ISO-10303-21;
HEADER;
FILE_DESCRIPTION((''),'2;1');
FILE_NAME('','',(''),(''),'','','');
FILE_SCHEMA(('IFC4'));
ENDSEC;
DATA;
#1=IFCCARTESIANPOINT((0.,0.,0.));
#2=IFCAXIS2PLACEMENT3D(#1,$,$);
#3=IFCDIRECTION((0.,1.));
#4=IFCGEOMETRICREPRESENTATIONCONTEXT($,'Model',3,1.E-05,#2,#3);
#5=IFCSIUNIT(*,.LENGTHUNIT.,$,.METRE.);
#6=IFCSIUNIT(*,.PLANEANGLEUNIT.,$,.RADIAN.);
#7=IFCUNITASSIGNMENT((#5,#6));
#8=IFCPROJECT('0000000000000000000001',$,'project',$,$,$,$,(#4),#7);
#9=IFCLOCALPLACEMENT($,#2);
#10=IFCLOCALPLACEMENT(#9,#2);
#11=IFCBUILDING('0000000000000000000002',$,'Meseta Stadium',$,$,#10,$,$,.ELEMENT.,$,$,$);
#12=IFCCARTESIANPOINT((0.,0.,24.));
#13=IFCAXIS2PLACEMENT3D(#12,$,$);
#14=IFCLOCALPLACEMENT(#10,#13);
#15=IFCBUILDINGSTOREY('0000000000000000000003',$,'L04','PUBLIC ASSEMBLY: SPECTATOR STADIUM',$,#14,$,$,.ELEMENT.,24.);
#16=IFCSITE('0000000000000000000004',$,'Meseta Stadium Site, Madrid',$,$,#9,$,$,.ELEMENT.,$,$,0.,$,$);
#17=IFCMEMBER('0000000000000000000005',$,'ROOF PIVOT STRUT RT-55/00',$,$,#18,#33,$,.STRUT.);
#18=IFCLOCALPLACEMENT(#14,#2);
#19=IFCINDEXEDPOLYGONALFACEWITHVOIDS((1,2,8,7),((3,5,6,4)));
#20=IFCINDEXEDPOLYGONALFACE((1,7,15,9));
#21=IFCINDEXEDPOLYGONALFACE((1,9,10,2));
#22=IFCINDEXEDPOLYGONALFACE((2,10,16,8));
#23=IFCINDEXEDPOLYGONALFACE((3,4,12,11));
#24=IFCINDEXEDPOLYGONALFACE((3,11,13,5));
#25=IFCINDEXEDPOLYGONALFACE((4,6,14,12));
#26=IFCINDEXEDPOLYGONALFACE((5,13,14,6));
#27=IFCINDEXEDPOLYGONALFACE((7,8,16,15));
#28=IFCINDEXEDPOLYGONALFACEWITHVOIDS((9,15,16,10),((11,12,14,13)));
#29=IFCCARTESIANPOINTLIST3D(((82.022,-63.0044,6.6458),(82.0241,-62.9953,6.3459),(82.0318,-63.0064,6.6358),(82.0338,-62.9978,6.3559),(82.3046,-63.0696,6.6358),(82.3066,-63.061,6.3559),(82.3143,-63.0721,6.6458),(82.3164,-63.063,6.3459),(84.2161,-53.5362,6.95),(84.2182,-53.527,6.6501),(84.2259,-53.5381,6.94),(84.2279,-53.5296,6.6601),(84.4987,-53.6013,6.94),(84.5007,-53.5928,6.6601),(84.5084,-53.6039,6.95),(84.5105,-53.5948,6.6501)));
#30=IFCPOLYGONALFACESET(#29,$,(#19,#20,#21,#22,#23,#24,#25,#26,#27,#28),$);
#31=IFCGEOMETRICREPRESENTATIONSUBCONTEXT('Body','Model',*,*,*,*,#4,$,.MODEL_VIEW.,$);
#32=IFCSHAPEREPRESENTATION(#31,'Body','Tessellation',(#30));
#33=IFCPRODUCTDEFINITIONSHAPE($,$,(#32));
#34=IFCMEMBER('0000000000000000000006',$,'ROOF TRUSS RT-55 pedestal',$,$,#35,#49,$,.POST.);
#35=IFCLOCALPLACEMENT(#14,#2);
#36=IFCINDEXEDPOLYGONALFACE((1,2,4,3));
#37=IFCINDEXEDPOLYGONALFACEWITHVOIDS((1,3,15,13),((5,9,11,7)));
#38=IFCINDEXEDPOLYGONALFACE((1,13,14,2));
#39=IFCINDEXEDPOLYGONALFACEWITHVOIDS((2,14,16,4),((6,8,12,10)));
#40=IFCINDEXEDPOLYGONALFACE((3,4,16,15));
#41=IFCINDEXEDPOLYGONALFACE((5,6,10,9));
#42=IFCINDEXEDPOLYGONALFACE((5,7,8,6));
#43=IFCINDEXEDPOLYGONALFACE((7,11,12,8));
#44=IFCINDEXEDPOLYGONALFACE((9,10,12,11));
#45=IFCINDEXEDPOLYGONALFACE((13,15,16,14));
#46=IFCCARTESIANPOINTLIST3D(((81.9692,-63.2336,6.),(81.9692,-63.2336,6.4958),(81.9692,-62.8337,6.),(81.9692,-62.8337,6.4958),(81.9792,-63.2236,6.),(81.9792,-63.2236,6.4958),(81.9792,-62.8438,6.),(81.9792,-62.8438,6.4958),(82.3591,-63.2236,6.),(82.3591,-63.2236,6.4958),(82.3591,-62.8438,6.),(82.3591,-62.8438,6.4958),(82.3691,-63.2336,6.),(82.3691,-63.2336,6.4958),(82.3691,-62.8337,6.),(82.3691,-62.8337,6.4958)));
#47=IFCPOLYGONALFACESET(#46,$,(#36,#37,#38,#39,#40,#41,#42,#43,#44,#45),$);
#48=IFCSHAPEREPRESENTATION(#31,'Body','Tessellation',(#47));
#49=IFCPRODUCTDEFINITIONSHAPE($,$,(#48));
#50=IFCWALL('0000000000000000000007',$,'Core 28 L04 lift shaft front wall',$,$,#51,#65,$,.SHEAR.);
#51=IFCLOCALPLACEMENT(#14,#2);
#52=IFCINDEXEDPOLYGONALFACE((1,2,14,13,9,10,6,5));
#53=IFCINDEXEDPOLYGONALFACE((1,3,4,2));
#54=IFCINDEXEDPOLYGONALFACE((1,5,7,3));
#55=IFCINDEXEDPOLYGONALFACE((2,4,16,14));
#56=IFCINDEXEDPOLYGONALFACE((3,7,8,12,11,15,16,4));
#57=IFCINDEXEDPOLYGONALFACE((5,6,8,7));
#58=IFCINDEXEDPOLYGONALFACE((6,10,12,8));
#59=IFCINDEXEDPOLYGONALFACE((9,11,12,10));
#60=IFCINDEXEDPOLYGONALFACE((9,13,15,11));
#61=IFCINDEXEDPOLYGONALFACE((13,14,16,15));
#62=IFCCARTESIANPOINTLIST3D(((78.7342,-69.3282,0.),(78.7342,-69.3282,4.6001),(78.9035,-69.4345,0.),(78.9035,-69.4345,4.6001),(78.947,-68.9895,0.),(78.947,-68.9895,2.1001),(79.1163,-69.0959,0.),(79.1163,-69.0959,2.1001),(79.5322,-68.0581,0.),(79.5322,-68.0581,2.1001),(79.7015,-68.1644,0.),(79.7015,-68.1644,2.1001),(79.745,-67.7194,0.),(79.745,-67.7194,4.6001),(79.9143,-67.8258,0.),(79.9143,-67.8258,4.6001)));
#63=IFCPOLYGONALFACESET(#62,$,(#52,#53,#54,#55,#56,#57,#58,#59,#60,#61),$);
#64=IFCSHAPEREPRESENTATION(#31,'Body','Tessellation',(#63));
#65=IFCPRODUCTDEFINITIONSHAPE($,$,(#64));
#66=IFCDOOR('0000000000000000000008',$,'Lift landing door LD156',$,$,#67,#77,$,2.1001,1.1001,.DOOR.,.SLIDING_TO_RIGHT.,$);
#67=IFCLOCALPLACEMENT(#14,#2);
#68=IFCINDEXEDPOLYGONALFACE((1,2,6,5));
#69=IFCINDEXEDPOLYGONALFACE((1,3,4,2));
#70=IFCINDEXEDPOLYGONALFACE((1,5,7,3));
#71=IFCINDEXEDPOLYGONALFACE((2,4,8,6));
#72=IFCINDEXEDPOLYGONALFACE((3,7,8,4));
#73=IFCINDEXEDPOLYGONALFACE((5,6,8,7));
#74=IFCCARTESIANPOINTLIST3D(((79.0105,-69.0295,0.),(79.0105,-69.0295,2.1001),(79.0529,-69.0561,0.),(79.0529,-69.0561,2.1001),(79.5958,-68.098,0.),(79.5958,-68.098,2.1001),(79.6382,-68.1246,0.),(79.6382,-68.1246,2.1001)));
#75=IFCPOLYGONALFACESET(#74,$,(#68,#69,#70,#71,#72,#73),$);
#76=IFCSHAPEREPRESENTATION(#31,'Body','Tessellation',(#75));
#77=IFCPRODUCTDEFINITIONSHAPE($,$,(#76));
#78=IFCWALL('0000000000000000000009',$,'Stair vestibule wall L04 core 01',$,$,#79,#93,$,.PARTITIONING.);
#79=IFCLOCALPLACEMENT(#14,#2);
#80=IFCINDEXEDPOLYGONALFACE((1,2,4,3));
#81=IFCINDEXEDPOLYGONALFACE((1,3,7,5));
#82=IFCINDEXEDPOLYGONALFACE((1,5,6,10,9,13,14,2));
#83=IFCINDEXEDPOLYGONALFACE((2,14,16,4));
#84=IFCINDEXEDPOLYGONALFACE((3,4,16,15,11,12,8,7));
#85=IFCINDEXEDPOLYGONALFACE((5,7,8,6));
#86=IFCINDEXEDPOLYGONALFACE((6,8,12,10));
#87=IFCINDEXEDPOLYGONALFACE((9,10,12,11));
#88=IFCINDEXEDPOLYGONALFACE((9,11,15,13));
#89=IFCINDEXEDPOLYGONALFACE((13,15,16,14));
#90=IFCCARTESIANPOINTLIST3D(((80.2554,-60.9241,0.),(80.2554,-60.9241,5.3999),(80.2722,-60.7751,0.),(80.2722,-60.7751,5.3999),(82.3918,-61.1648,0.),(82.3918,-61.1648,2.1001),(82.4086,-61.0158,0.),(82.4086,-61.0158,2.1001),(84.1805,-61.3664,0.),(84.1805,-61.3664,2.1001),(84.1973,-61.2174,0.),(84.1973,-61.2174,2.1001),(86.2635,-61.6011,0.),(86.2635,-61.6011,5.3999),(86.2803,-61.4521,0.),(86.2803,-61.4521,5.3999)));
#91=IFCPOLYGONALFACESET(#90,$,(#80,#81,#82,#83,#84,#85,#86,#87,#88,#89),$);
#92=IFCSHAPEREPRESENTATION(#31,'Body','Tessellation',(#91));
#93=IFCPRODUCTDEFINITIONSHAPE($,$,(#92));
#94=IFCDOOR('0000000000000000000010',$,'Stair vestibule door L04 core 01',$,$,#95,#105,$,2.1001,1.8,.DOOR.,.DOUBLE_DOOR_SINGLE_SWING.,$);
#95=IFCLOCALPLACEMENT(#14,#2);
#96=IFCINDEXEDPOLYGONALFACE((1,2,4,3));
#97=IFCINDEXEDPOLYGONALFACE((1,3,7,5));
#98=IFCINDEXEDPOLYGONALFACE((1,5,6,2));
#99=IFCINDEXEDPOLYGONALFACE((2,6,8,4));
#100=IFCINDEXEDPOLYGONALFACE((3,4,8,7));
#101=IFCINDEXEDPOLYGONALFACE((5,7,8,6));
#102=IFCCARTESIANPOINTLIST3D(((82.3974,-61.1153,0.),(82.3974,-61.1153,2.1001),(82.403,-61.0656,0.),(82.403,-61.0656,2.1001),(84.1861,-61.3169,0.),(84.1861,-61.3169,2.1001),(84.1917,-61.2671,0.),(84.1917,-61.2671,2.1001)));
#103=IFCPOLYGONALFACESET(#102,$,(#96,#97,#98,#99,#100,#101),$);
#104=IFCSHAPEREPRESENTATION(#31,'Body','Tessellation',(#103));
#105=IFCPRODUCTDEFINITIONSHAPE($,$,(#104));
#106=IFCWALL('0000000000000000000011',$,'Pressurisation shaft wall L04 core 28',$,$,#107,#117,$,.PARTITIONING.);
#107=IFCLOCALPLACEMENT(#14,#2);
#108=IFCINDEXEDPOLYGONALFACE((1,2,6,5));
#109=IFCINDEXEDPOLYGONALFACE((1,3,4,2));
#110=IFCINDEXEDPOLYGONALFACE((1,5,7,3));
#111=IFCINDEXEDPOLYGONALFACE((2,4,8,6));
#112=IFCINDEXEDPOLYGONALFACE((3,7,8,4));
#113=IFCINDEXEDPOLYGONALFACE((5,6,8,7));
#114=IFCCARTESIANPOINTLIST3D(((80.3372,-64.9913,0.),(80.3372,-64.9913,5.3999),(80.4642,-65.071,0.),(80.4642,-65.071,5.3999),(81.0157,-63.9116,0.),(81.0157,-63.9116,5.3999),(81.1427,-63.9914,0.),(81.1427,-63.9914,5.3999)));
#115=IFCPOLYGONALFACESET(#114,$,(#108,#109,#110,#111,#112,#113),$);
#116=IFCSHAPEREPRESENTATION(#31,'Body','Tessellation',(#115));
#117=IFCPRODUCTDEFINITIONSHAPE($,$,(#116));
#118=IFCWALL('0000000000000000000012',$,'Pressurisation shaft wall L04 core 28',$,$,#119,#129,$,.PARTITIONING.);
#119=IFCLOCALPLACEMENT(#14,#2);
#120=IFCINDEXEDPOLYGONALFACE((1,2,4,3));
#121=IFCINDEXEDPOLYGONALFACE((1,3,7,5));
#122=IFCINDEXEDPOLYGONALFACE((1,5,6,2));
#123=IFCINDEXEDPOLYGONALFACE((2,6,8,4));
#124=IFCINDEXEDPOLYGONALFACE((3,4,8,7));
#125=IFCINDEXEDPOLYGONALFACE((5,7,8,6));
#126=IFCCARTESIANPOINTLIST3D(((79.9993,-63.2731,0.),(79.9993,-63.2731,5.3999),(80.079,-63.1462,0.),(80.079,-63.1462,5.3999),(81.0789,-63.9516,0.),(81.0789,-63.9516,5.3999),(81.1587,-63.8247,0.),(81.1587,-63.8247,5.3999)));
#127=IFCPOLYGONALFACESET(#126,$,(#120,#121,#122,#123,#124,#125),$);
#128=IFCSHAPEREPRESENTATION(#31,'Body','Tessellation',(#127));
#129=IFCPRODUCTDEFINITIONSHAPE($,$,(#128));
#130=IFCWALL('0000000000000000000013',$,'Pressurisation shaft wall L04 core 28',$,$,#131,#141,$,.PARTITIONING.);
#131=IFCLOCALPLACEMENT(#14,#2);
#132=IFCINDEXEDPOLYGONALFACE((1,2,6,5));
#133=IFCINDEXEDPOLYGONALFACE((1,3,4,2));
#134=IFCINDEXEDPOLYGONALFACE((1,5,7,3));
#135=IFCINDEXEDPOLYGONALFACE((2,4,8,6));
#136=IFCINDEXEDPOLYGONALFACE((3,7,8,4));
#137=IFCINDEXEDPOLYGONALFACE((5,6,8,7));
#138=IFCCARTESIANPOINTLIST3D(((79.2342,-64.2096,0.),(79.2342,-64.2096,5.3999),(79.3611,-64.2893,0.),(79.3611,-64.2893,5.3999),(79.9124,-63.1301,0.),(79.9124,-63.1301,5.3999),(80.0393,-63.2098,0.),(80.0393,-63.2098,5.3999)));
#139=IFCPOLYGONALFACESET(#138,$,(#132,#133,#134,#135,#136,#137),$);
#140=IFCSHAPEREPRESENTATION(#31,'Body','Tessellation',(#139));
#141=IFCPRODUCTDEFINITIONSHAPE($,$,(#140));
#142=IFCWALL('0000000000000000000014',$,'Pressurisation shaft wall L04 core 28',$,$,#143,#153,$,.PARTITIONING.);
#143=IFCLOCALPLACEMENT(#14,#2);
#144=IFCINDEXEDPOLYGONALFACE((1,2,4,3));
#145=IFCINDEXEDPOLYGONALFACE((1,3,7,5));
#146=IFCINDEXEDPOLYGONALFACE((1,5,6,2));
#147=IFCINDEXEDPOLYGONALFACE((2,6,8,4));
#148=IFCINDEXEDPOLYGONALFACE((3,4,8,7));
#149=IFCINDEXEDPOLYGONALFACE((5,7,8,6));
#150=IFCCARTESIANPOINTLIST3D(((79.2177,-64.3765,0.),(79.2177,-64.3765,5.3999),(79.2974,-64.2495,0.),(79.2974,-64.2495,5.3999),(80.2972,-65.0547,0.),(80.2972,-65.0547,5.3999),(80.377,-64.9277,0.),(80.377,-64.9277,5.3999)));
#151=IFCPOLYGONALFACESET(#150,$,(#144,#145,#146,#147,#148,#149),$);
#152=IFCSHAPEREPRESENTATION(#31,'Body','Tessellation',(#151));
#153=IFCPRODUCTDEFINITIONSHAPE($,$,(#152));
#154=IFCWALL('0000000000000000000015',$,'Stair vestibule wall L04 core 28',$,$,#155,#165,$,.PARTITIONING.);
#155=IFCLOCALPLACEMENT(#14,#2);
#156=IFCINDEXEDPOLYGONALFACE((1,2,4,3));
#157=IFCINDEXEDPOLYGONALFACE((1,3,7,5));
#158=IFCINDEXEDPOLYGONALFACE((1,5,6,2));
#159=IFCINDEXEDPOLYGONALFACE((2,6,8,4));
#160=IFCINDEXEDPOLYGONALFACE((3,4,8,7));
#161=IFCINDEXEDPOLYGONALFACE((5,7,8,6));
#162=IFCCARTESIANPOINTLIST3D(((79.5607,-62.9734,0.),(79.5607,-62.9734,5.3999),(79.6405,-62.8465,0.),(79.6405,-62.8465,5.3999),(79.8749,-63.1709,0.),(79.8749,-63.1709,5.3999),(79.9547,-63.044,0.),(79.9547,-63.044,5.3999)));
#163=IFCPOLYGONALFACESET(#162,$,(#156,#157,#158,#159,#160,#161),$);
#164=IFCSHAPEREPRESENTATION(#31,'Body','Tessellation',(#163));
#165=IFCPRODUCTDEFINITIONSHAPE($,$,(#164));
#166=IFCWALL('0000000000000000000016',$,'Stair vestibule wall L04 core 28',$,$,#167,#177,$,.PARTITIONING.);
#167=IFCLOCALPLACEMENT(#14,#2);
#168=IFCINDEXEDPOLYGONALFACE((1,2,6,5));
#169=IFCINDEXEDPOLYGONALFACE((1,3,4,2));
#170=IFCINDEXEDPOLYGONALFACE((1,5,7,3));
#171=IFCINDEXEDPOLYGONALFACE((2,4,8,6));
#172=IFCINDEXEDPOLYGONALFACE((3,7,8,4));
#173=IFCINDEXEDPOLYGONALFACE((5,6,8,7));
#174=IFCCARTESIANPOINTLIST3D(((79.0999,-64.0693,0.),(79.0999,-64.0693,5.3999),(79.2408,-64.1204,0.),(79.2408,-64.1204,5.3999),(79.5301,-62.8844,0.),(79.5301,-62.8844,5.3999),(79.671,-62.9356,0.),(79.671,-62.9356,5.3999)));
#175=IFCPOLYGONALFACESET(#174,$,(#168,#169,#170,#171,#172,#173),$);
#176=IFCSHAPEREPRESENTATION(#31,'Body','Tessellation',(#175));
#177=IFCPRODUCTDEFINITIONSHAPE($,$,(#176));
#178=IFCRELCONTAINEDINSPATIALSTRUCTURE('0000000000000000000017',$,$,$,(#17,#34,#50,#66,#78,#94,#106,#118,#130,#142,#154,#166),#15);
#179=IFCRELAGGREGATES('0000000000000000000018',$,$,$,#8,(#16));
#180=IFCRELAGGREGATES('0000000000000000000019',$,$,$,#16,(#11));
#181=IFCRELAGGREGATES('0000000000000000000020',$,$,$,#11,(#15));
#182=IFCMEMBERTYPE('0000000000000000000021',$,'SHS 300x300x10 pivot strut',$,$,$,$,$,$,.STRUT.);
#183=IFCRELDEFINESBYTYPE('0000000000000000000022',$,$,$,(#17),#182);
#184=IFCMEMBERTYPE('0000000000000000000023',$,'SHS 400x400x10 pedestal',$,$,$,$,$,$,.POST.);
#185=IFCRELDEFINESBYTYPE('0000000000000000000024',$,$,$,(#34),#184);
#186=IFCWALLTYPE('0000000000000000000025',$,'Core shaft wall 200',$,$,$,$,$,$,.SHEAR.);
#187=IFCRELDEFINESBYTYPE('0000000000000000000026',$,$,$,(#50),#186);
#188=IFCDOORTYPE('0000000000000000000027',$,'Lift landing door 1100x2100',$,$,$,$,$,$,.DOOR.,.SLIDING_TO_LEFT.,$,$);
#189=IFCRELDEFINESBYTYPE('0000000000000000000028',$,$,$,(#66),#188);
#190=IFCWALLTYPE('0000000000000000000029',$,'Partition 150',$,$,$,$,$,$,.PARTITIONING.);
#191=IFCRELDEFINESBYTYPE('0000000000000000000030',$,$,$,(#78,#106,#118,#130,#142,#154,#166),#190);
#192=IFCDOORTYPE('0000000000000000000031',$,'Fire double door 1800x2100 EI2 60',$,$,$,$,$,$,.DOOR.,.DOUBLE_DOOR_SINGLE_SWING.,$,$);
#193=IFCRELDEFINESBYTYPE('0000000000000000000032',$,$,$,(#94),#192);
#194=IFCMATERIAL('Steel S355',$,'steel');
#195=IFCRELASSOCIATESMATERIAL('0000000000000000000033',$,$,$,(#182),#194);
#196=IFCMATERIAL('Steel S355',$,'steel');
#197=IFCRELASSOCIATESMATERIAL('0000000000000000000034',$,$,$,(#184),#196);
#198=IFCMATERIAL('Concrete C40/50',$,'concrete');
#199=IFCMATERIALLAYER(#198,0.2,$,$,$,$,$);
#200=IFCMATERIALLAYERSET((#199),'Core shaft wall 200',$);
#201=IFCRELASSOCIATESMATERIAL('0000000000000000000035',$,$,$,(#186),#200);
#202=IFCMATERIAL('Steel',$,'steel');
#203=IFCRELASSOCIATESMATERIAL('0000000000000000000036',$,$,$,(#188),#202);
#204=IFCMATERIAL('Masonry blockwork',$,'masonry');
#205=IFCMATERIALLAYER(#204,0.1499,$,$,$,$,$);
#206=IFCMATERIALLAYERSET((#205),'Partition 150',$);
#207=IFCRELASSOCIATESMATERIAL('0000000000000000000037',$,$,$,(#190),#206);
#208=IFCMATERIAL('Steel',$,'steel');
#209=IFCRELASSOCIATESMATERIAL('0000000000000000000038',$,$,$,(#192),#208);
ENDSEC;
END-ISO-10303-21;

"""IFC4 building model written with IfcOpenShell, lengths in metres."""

from ifc_helpers import new_model, si_unit, direction, frame, frame_2d, origin, origin_2d, place, context, subcontext, project, spatial, rectangle, hollow_rectangle, extrude, material, layer, layer_set, material_profile, profile_set, type_object, element, fill, save


model = new_model("IFC4")

# Units and contexts
model_context = context("Model", 3, precision=1e-05, world=origin(), true_north=direction((0.0, 1.0)))
body_context = subcontext(model_context, "Body", "Model", "MODEL_VIEW")
ifc_project = project(units=[si_unit("LENGTHUNIT", "METRE"), si_unit("PLANEANGLEUNIT", "RADIAN")], contexts=[model_context])

# Site, building, storey
site_placement = place(None, origin())
site = spatial("IfcSite", under=ifc_project, at=site_placement, Name="Meseta Stadium Site, Madrid", CompositionType="ELEMENT", RefElevation=0.0)
building_placement = place(site_placement, origin())
building = spatial("IfcBuilding", under=site, at=building_placement, Name="Meseta Stadium", CompositionType="ELEMENT")
storey_placement = place(building_placement, frame((0.0, 0.0, 24.0)))
storey = spatial("IfcBuildingStorey", under=building, at=storey_placement, Name="L04", Description="PUBLIC ASSEMBLY: SPECTATOR STADIUM", CompositionType="ELEMENT", Elevation=24.0)

# Members
ifc_material_1 = material(Name="Steel S355", Category="steel")
ifc_material_profile_1 = material_profile(ifc_material_1, hollow_rectangle(XDim=0.3, YDim=0.3, WallThickness=0.01, at=origin_2d()), Name="SHS 300x300x10")
ifc_profile_set_1 = profile_set([ifc_material_profile_1], Name="Steel S355")
member_type_1 = type_object("IfcMemberType", Name="SHS 300x300x10 pivot strut", PredefinedType="STRUT", material=ifc_profile_set_1)
member_1_placement = place(storey_placement, frame((82.1692, -63.0337, 6.4958), z_axis=(0.225639, 0.973709, 0.031284), x_axis=(-0.974185, 0.225749, 0.0)))
element("IfcMember", 1, at=member_1_placement, inside=storey, type_object=member_type_1, Name="ROOF PIVOT STRUT RT-55/00", PredefinedType="STRUT", context=body_context, shape_type="SweptSolid", body=[
    extrude(hollow_rectangle(XDim=0.3, YDim=0.3, WallThickness=0.01, at=origin_2d()), origin(), (0.0, 0.0, 1.0), 9.7239),
])
ifc_material_2 = material(Name="Steel S355", Category="steel")
ifc_material_profile_2 = material_profile(ifc_material_2, hollow_rectangle(XDim=0.3999, YDim=0.3999, WallThickness=0.01, at=origin_2d()), Name="SHS 400x400x10")
ifc_profile_set_2 = profile_set([ifc_material_profile_2], Name="Steel S355")
member_type_2 = type_object("IfcMemberType", Name="SHS 400x400x10 pedestal", PredefinedType="POST", material=ifc_profile_set_2)
member_2_placement = place(storey_placement, frame((82.1692, -63.0337, 6.0), z_axis=(0.0, 0.0, 1.0), x_axis=(1.0, 0.0, 0.0)))
element("IfcMember", 2, at=member_2_placement, inside=storey, type_object=member_type_2, Name="ROOF TRUSS RT-55 pedestal", PredefinedType="POST", context=body_context, shape_type="SweptSolid", body=[
    extrude(hollow_rectangle(XDim=0.3999, YDim=0.3999, WallThickness=0.01, at=origin_2d()), origin(), (0.0, 0.0, 1.0), 0.4958),
])

# Walls, openings, doors
ifc_material_3 = material(Name="Concrete C40/50", Category="concrete")
ifc_layer_1 = layer(ifc_material_3, 0.2)
ifc_layer_set_1 = layer_set([ifc_layer_1], Name="Core shaft wall 200")
wall_type_1 = type_object("IfcWallType", Name="Core shaft wall 200", PredefinedType="SHEAR", material=ifc_layer_set_1)
wall_1_placement = place(storey_placement, frame((78.8188, -69.3813, 0.0), z_axis=(0.0, 0.0, 1.0), x_axis=(0.532019, 0.846732, 0.0)))
wall_1 = element("IfcWall", 3, at=wall_1_placement, inside=storey, type_object=wall_type_1, Name="Core 28 L04 lift shaft front wall", PredefinedType="SHEAR", context=body_context, shape_type="SweptSolid", body=[
    extrude(rectangle(XDim=1.8999, YDim=0.2, at=frame_2d((0.95, 0.0))), origin(), (0.0, 0.0, 1.0), 4.6001),
])
opening_1_placement = place(wall_1_placement, frame((0.3999, 0.0, 0.0)))
opening_1 = element("IfcOpeningElement", 4, at=opening_1_placement, cuts=wall_1, PredefinedType="OPENING", context=body_context, shape_type="SweptSolid", body=[
    extrude(rectangle(XDim=1.1001, YDim=2.1001, at=frame_2d((0.55, 1.05))), frame((0.0, 0.1099, 0.0), z_axis=(0.0, -1.0, 0.0), x_axis=(1.0, 0.0, 0.0)), (0.0, 0.0, 1.0), 0.22),
])
ifc_material_4 = material(Name="Steel", Category="steel")
door_type_1 = type_object("IfcDoorType", Name="Lift landing door 1100x2100", OperationType="SLIDING_TO_LEFT", PredefinedType="DOOR", material=ifc_material_4)
door_1_placement = place(opening_1_placement, origin())
door_1 = element("IfcDoor", 5, at=door_1_placement, inside=storey, type_object=door_type_1, Name="Lift landing door LD156", OperationType="SLIDING_TO_RIGHT", OverallHeight=2.1001, OverallWidth=1.1001, PredefinedType="DOOR", context=body_context, shape_type="SweptSolid", body=[
    extrude(rectangle(XDim=1.1001, YDim=2.1001, at=frame_2d((0.55, 1.05))), frame((0.0, 0.0249, 0.0), z_axis=(0.0, -1.0, 0.0), x_axis=(1.0, 0.0, 0.0)), (0.0, 0.0, 1.0), 0.05),
])
fill(opening_1, door_1)
ifc_material_5 = material(Name="Masonry blockwork", Category="masonry")
ifc_layer_2 = layer(ifc_material_5, 0.1499)
ifc_layer_set_2 = layer_set([ifc_layer_2], Name="Partition 150")
wall_type_2 = type_object("IfcWallType", Name="Partition 150", PredefinedType="PARTITIONING", material=ifc_layer_set_2)
wall_2_placement = place(storey_placement, frame((80.2639, -60.8496, 0.0), z_axis=(0.0, 0.0, 1.0), x_axis=(0.993711, -0.111974, 0.0)))
wall_2 = element("IfcWall", 6, at=wall_2_placement, inside=storey, type_object=wall_type_2, Name="Stair vestibule wall L04 core 01", PredefinedType="PARTITIONING", context=body_context, shape_type="SweptSolid", body=[
    extrude(rectangle(XDim=6.0461, YDim=0.1499, at=frame_2d((3.0229, 0.0))), origin(), (0.0, 0.0, 1.0), 5.3999),
])
opening_2_placement = place(wall_2_placement, frame((2.1499, 0.0, 0.0)))
opening_2 = element("IfcOpeningElement", 7, at=opening_2_placement, cuts=wall_2, PredefinedType="OPENING", context=body_context, shape_type="SweptSolid", body=[
    extrude(rectangle(XDim=1.8, YDim=2.1001, at=frame_2d((0.8999, 1.05))), frame((0.0, 0.085, 0.0), z_axis=(0.0, -1.0, 0.0), x_axis=(1.0, 0.0, 0.0)), (0.0, 0.0, 1.0), 0.1699),
])
ifc_material_6 = material(Name="Steel", Category="steel")
door_type_2 = type_object("IfcDoorType", Name="Fire double door 1800x2100 EI2 60", OperationType="DOUBLE_DOOR_SINGLE_SWING", PredefinedType="DOOR", material=ifc_material_6)
door_2_placement = place(opening_2_placement, origin())
door_2 = element("IfcDoor", 8, at=door_2_placement, inside=storey, type_object=door_type_2, Name="Stair vestibule door L04 core 01", OperationType="DOUBLE_DOOR_SINGLE_SWING", OverallHeight=2.1001, OverallWidth=1.8, PredefinedType="DOOR", context=body_context, shape_type="SweptSolid", body=[
    extrude(rectangle(XDim=1.8, YDim=2.1001, at=frame_2d((0.8999, 1.05))), frame((0.0, 0.0249, 0.0), z_axis=(0.0, -1.0, 0.0), x_axis=(1.0, 0.0, 0.0)), (0.0, 0.0, 1.0), 0.05),
])
fill(opening_2, door_2)

# Walls
for number, where, z_axis, x_axis, name in (
    (9, (80.4006, -65.0312, 0.0), (0.0, 0.0, 1.0), (0.532097, 0.846683, 0.0), "Pressurisation shaft wall L04 core 28"),
    (10, (81.1189, -63.8882, 0.0), (0.0, 0.0, 1.0), (-0.846683, 0.532097, 0.0), "Pressurisation shaft wall L04 core 28"),
):
    element("IfcWall", number, at=place(storey_placement, frame(where, z_axis=z_axis, x_axis=x_axis)), inside=storey, type_object=wall_type_2, Name=name, PredefinedType="PARTITIONING", context=body_context, shape_type="SweptSolid", body=[
        extrude(rectangle(XDim=1.2751, YDim=0.1499, at=frame_2d((0.6377, 0.0))), origin(), (0.0, 0.0, 1.0), 5.3999),
    ])
for number, where, z_axis, x_axis, name in (
    (11, (79.9758, -63.1699, 0.0), (0.0, 0.0, 1.0), (-0.53196, -0.84677, 0.0), "Pressurisation shaft wall L04 core 28"),
    (12, (79.2576, -64.313, 0.0), (0.0, 0.0, 1.0), (0.84677, -0.53196, 0.0), "Pressurisation shaft wall L04 core 28"),
):
    element("IfcWall", number, at=place(storey_placement, frame(where, z_axis=z_axis, x_axis=x_axis)), inside=storey, type_object=wall_type_2, Name=name, PredefinedType="PARTITIONING", context=body_context, shape_type="SweptSolid", body=[
        extrude(rectangle(XDim=1.2749, YDim=0.1499, at=frame_2d((0.6375, 0.0))), origin(), (0.0, 0.0, 1.0), 5.3999),
    ])
wall_3_placement = place(storey_placement, frame((79.9148, -63.1074, 0.0), z_axis=(0.0, 0.0, 1.0), x_axis=(-0.846628, 0.532185, 0.0)))
element("IfcWall", 13, at=wall_3_placement, inside=storey, type_object=wall_type_2, Name="Stair vestibule wall L04 core 28", PredefinedType="PARTITIONING", context=body_context, shape_type="SweptSolid", body=[
    extrude(rectangle(XDim=0.3711, YDim=0.1499, at=frame_2d((0.1855, 0.0))), origin(), (0.0, 0.0, 1.0), 5.3999),
])
wall_4_placement = place(storey_placement, frame((79.6006, -62.9099, 0.0), z_axis=(0.0, 0.0, 1.0), x_axis=(-0.341276, -0.939963, 0.0)))
element("IfcWall", 14, at=wall_4_placement, inside=storey, type_object=wall_type_2, Name="Stair vestibule wall L04 core 28", PredefinedType="PARTITIONING", context=body_context, shape_type="SweptSolid", body=[
    extrude(rectangle(XDim=1.2605, YDim=0.1499, at=frame_2d((0.6304, 0.0))), origin(), (0.0, 0.0, 1.0), 5.3999),
])

save(model, "model.ifc")
